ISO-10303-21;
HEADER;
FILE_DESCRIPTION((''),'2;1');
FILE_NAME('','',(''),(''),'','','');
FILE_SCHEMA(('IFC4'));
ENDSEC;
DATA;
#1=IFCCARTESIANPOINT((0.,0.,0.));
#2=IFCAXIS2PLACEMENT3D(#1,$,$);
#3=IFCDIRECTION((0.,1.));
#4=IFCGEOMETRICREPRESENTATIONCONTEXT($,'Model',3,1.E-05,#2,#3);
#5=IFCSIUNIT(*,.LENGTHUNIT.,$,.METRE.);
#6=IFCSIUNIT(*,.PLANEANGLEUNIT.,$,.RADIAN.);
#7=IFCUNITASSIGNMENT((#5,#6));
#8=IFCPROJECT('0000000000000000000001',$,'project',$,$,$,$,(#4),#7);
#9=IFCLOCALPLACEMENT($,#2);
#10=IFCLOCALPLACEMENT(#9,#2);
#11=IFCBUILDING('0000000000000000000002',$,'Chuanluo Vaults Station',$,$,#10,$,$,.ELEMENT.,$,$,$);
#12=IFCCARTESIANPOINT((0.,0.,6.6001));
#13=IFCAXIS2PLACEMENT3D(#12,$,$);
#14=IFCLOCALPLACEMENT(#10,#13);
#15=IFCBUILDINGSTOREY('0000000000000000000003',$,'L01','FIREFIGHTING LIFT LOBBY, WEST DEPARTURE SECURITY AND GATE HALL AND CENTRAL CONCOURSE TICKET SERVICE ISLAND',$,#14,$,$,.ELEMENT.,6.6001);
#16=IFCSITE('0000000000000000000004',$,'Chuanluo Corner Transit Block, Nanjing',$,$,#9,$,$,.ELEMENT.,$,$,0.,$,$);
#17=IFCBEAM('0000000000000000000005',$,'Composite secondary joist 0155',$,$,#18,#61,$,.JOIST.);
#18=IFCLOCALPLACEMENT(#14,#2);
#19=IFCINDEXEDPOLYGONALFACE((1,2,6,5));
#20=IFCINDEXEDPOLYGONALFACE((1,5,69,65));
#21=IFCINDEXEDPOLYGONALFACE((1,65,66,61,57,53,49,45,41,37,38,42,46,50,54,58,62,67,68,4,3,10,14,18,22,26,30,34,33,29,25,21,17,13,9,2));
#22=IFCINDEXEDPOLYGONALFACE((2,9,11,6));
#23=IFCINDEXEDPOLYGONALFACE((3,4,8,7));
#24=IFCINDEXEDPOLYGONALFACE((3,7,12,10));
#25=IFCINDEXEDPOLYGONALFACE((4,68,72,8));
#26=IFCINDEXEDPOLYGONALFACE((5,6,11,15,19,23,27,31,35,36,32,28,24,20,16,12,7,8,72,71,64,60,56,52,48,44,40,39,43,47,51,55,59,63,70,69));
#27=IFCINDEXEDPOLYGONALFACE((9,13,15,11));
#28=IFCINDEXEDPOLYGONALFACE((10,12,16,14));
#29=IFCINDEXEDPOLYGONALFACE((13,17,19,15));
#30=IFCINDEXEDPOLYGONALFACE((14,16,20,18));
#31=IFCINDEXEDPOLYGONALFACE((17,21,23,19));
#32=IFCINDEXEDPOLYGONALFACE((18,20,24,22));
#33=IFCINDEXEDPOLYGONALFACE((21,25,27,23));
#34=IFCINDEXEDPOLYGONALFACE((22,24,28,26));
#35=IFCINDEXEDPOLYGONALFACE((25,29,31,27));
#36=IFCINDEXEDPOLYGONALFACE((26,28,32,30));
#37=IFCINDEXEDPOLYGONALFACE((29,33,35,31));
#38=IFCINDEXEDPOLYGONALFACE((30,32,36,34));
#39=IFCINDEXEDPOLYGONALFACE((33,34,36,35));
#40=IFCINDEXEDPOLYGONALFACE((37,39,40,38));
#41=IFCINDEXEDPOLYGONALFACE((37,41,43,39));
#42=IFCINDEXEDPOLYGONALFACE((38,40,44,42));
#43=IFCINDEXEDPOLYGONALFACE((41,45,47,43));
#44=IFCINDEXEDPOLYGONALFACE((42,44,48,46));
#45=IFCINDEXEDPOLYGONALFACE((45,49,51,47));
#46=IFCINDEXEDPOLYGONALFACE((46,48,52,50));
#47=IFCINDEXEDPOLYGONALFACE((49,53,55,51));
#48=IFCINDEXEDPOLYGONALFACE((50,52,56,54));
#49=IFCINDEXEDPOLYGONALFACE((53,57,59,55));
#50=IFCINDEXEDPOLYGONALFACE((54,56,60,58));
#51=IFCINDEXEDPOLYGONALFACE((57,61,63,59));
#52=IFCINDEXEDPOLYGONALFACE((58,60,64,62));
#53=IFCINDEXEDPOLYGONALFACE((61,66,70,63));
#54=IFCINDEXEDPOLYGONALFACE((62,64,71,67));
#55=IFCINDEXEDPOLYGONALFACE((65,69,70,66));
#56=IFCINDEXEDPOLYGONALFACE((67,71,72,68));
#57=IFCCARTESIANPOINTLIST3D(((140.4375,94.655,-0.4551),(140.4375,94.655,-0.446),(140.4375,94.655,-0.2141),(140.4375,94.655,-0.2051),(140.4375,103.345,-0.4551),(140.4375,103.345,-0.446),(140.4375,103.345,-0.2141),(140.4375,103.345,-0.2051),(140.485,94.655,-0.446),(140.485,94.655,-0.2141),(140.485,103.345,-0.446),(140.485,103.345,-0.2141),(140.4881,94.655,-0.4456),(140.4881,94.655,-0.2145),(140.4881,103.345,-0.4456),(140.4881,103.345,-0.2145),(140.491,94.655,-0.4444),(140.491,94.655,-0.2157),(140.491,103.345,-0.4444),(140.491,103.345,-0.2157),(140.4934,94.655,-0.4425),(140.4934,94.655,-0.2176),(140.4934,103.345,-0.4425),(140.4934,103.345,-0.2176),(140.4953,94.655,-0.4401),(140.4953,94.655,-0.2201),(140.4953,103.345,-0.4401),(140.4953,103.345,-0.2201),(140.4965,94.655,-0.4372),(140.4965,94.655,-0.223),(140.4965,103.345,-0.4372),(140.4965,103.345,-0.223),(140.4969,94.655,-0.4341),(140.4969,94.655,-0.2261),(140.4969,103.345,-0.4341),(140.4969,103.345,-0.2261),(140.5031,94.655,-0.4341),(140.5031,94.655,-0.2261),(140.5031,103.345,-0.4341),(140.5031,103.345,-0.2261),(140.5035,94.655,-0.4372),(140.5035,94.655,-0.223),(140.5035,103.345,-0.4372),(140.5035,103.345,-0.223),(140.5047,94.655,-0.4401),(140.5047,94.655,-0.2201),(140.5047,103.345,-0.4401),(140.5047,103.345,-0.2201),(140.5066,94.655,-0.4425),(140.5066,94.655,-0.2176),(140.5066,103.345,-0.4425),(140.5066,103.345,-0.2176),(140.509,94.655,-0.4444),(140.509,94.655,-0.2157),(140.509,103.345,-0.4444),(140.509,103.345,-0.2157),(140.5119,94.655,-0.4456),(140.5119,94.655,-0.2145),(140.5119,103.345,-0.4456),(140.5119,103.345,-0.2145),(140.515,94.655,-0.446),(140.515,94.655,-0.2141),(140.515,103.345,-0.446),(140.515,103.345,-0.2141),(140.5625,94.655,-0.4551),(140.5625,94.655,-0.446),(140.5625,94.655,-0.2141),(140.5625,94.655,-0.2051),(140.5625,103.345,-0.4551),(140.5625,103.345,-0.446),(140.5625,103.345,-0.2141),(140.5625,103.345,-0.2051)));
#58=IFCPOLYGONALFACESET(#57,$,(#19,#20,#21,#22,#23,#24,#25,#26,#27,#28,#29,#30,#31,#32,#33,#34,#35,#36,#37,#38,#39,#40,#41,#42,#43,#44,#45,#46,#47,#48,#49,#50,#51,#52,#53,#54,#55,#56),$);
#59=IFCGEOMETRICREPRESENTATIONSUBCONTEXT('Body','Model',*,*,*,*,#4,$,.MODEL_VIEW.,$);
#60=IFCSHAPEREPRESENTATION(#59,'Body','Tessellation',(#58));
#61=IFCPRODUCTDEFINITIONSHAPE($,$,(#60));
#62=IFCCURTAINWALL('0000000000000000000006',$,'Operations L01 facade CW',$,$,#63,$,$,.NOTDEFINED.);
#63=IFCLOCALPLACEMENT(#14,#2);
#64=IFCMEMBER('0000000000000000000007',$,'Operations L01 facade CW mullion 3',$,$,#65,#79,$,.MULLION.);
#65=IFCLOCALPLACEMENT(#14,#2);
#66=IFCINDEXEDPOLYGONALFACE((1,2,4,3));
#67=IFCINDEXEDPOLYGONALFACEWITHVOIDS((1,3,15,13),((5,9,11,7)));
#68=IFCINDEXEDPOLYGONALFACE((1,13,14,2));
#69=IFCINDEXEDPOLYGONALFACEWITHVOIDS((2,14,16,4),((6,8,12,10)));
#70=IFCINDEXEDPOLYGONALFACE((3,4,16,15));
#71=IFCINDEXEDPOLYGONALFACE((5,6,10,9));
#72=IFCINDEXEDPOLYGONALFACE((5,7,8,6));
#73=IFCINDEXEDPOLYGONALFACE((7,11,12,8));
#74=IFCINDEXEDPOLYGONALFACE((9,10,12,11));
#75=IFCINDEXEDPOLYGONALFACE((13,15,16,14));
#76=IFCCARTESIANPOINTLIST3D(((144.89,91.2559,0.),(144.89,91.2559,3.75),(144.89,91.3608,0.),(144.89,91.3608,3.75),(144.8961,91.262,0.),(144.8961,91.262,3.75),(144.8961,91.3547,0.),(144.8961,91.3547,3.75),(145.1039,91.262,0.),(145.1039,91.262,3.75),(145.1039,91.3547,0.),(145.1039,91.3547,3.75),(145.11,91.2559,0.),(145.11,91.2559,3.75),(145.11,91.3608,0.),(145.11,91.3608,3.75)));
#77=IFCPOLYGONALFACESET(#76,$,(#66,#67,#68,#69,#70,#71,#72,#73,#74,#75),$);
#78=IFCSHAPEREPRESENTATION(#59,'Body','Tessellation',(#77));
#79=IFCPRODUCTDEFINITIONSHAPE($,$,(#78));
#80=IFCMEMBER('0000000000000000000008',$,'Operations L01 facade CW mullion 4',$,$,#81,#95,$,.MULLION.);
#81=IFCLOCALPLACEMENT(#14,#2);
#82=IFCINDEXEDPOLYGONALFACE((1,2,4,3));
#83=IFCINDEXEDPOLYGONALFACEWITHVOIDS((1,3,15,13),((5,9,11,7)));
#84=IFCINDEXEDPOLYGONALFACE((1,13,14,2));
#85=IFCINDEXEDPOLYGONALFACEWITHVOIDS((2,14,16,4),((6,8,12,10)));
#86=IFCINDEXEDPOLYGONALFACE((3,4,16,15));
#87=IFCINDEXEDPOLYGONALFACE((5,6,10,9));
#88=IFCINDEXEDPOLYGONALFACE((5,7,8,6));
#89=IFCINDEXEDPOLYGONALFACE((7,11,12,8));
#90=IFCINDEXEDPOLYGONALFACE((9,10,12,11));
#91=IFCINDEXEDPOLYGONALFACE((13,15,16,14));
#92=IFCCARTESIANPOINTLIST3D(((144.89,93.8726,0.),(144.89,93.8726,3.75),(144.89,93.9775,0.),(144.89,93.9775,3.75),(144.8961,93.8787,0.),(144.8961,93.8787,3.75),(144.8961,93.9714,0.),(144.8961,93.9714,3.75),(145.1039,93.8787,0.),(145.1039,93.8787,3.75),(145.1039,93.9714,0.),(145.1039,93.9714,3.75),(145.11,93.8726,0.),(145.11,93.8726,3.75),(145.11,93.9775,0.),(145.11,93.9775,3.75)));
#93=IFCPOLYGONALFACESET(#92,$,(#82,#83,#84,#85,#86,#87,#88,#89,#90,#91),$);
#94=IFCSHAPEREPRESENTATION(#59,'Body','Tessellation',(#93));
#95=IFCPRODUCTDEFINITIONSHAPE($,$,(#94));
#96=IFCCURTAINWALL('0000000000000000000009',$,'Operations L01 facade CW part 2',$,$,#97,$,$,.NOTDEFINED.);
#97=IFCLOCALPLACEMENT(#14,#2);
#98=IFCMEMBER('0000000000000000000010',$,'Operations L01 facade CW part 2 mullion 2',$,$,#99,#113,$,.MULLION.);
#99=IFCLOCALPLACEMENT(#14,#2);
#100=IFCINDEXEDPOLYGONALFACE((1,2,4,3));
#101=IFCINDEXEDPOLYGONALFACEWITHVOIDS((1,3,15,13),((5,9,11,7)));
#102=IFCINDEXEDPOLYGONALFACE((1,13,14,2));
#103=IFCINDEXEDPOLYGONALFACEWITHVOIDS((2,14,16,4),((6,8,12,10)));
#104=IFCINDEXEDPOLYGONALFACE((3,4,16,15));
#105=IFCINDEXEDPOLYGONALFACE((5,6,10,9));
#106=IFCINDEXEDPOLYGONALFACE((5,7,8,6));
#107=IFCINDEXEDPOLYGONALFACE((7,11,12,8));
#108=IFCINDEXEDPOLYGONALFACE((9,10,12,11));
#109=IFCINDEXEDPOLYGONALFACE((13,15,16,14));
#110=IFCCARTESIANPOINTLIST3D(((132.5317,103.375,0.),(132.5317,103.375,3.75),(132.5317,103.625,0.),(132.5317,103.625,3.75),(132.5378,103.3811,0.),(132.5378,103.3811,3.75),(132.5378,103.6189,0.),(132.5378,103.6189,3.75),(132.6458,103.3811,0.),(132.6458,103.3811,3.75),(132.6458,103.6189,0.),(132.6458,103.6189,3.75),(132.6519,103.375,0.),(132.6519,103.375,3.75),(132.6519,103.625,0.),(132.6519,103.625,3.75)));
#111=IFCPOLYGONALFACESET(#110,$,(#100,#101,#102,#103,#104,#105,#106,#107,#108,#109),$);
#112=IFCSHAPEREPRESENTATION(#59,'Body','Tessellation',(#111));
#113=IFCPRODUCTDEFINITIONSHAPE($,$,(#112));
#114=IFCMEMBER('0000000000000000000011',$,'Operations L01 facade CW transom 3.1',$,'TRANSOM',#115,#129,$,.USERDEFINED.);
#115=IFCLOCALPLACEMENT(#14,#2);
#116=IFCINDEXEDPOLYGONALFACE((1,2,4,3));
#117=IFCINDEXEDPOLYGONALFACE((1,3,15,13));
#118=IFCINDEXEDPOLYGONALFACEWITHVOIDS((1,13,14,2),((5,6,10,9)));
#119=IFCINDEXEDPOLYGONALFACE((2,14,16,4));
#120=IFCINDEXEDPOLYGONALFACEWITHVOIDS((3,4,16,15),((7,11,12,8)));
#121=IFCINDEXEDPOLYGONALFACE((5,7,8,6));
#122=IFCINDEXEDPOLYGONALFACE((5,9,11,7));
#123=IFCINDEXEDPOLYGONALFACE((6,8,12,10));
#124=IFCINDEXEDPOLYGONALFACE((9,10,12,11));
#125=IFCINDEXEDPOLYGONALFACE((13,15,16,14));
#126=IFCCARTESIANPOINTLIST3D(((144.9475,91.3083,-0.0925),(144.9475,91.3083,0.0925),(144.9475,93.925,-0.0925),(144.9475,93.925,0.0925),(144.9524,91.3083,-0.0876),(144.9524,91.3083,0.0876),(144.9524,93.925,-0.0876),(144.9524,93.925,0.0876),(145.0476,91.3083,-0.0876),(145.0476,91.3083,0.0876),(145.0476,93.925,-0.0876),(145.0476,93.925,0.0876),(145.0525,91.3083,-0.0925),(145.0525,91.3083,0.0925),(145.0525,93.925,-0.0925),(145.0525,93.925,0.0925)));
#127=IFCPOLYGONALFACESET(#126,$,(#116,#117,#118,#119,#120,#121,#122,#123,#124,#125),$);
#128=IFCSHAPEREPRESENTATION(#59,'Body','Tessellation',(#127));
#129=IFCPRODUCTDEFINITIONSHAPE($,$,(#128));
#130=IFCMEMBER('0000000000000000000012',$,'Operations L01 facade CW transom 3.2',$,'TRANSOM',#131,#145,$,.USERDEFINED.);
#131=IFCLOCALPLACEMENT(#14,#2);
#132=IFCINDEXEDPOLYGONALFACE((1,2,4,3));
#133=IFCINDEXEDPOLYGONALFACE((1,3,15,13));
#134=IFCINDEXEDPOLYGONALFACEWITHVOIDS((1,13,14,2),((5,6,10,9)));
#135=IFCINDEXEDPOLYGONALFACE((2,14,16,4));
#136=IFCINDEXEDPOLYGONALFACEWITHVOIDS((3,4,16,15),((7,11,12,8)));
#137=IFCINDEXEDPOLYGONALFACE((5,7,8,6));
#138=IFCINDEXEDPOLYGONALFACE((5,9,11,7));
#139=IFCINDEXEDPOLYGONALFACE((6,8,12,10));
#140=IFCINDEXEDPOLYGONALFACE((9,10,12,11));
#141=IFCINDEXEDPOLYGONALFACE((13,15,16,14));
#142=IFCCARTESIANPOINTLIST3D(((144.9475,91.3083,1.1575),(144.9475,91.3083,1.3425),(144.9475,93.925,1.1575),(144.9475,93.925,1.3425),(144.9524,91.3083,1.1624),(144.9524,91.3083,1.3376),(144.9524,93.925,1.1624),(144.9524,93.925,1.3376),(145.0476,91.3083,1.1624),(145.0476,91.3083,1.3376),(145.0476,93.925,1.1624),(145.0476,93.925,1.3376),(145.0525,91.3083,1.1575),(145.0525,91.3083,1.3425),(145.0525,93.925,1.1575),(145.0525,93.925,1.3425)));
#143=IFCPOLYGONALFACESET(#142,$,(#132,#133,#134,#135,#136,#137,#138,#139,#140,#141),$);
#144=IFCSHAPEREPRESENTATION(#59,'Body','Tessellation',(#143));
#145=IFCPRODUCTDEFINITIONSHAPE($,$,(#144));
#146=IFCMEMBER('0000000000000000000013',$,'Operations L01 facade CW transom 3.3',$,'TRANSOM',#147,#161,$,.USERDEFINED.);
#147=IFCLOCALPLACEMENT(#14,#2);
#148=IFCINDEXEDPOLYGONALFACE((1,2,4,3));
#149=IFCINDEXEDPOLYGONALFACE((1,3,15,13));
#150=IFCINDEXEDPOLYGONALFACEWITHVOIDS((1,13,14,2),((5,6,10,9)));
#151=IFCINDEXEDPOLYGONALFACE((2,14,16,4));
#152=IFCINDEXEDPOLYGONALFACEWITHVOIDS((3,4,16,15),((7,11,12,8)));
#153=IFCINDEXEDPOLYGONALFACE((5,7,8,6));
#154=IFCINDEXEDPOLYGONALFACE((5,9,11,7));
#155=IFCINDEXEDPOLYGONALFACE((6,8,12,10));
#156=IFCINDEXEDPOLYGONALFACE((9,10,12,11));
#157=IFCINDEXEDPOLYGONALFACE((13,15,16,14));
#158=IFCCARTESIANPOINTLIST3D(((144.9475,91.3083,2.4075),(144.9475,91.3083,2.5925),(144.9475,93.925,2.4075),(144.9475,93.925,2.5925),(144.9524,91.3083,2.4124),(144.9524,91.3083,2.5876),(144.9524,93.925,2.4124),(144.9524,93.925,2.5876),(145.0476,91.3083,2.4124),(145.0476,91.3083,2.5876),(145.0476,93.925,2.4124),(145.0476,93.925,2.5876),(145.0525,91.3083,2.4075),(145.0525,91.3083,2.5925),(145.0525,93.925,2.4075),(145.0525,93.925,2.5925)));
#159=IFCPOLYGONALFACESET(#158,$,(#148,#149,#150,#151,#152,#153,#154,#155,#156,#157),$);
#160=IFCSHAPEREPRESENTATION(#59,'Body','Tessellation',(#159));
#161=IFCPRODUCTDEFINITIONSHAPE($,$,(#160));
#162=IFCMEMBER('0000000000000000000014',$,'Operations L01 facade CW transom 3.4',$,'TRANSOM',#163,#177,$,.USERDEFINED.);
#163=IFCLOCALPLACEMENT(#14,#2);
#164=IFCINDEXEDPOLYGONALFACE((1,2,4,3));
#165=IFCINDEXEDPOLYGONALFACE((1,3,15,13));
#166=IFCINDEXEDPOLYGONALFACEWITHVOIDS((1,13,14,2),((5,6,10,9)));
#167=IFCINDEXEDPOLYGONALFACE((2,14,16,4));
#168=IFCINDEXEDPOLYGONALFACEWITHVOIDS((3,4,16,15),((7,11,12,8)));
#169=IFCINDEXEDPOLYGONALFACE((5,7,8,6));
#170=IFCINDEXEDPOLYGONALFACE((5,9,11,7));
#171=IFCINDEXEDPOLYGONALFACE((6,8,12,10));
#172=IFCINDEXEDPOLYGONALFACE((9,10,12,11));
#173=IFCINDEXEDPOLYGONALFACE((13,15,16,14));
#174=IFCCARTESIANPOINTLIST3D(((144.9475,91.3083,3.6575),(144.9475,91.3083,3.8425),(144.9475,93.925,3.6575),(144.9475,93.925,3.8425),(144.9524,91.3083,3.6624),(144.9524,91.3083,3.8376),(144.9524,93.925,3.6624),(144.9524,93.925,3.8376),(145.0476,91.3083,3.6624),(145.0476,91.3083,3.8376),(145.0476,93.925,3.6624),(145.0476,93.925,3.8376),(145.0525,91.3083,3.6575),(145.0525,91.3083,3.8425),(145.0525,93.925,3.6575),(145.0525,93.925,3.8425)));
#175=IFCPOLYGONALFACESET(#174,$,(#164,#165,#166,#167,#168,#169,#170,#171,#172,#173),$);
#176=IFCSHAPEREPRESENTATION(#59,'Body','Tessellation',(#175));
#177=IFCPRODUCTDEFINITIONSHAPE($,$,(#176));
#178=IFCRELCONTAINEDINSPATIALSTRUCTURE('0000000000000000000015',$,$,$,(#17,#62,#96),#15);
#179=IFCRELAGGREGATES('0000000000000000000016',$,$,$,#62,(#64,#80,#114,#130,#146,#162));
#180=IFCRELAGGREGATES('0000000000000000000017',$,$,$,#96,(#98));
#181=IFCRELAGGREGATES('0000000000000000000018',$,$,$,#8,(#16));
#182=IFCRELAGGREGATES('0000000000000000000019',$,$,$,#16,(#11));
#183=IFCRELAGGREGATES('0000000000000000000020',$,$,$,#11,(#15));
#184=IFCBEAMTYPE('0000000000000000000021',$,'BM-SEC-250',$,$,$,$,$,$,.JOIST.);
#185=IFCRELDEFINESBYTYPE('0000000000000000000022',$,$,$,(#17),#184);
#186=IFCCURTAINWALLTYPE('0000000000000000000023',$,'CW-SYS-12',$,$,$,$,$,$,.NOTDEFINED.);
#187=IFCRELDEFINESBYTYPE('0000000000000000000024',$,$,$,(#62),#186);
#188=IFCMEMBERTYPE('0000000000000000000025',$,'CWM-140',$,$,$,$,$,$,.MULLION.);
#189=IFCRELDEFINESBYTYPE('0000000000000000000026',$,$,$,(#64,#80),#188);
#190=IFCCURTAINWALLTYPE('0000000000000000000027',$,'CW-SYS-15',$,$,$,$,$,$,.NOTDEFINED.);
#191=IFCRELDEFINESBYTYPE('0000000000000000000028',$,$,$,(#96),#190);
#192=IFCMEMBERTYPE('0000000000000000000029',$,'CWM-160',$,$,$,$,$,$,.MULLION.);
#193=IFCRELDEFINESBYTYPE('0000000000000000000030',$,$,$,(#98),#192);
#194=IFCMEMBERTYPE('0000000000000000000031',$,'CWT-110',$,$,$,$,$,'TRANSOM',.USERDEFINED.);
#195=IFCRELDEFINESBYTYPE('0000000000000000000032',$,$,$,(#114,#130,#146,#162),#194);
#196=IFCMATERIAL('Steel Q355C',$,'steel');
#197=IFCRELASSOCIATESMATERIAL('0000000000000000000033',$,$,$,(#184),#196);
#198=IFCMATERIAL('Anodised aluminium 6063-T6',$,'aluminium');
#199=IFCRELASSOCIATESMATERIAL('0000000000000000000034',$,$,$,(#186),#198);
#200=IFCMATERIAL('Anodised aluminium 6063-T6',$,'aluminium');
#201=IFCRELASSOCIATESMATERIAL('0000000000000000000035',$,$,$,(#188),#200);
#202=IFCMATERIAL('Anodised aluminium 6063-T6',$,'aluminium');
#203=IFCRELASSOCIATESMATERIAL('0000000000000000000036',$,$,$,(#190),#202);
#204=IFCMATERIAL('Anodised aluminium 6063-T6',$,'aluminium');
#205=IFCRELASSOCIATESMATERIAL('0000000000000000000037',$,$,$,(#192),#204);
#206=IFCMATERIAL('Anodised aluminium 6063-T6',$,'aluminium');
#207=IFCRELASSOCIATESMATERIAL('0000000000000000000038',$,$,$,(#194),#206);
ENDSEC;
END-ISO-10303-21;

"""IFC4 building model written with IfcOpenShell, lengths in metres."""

from ifc_helpers import new_model, si_unit, direction, frame, origin, origin_2d, place, context, subcontext, project, spatial, hollow_rectangle, i_section, extrude, material, material_profile, profile_set, type_object, element, aggregate, save


model = new_model("IFC4")

# Units and contexts
model_context = context("Model", 3, precision=1e-05, world=origin(), true_north=direction((0.0, 1.0)))
body_context = subcontext(model_context, "Body", "Model", "MODEL_VIEW")
ifc_project = project(units=[si_unit("LENGTHUNIT", "METRE"), si_unit("PLANEANGLEUNIT", "RADIAN")], contexts=[model_context])

# Site, building, storey
site_placement = place(None, origin())
site = spatial("IfcSite", under=ifc_project, at=site_placement, Name="Chuanluo Corner Transit Block, Nanjing", CompositionType="ELEMENT", RefElevation=0.0)
building_placement = place(site_placement, origin())
building = spatial("IfcBuilding", under=site, at=building_placement, Name="Chuanluo Vaults Station", CompositionType="ELEMENT")
storey_placement = place(building_placement, frame((0.0, 0.0, 6.6001)))
storey = spatial("IfcBuildingStorey", under=building, at=storey_placement, Name="L01", Description="FIREFIGHTING LIFT LOBBY, WEST DEPARTURE SECURITY AND GATE HALL AND CENTRAL CONCOURSE TICKET SERVICE ISLAND", CompositionType="ELEMENT", Elevation=6.6001)

# Beam
ifc_material_1 = material(Name="Steel Q355C", Category="steel")
ifc_material_profile_1 = material_profile(ifc_material_1, i_section(OverallWidth=0.125, OverallDepth=0.25, WebThickness=0.0061, FlangeThickness=0.009, FilletRadius=0.012, at=origin_2d()))
ifc_profile_set_1 = profile_set([ifc_material_profile_1], Name="Steel Q355C")
beam_type_1 = type_object("IfcBeamType", Name="BM-SEC-250", PredefinedType="JOIST", material=ifc_profile_set_1)
beam_1_placement = place(storey_placement, frame((140.5, 94.655, -0.3301), z_axis=(0.0, 1.0, 0.0), x_axis=(-1.0, 0.0, 0.0)))
element("IfcBeam", 1, at=beam_1_placement, inside=storey, type_object=beam_type_1, Name="Composite secondary joist 0155", PredefinedType="JOIST", context=body_context, shape_type="SweptSolid", body=[
    extrude(i_section(OverallWidth=0.125, OverallDepth=0.25, WebThickness=0.0061, FlangeThickness=0.009, FilletRadius=0.012, at=origin_2d()), origin(), (0.0, 0.0, 1.0), 8.6899),
])

# Curtain wall, members
ifc_material_2 = material(Name="Anodised aluminium 6063-T6", Category="aluminium")
curtain_wall_type_1 = type_object("IfcCurtainWallType", Name="CW-SYS-12", PredefinedType="NOTDEFINED", material=ifc_material_2)
curtain_wall_1_placement = place(storey_placement, origin())
curtain_wall_1 = element("IfcCurtainWall", 2, at=curtain_wall_1_placement, inside=storey, type_object=curtain_wall_type_1, Name="Operations L01 facade CW", PredefinedType="NOTDEFINED")
ifc_material_3 = material(Name="Anodised aluminium 6063-T6", Category="aluminium")
ifc_material_profile_2 = material_profile(ifc_material_3, hollow_rectangle(XDim=0.105, YDim=0.22, WallThickness=0.0061, at=origin_2d()))
ifc_profile_set_2 = profile_set([ifc_material_profile_2], Name="Anodised aluminium 6063-T6")
member_type_1 = type_object("IfcMemberType", Name="CWM-140", PredefinedType="MULLION", material=ifc_profile_set_2)
member_1_placement = place(storey_placement, frame((145.0, 91.3083, 0.0), z_axis=(0.0, 0.0, 1.0), x_axis=(0.0, 1.0, 0.0)))
member_1 = element("IfcMember", 3, at=member_1_placement, type_object=member_type_1, Name="Operations L01 facade CW mullion 3", PredefinedType="MULLION", context=body_context, shape_type="SweptSolid", body=[
    extrude(hollow_rectangle(XDim=0.105, YDim=0.22, WallThickness=0.0061, at=origin_2d()), origin(), (0.0, 0.0, 1.0), 3.75),
])
member_2_placement = place(storey_placement, frame((145.0, 93.925, 0.0), z_axis=(0.0, 0.0, 1.0), x_axis=(0.0, 1.0, 0.0)))
member_2 = element("IfcMember", 4, at=member_2_placement, type_object=member_type_1, Name="Operations L01 facade CW mullion 4", PredefinedType="MULLION", context=body_context, shape_type="SweptSolid", body=[
    extrude(hollow_rectangle(XDim=0.105, YDim=0.22, WallThickness=0.0061, at=origin_2d()), origin(), (0.0, 0.0, 1.0), 3.75),
])

# Curtain wall, member
ifc_material_4 = material(Name="Anodised aluminium 6063-T6", Category="aluminium")
curtain_wall_type_2 = type_object("IfcCurtainWallType", Name="CW-SYS-15", PredefinedType="NOTDEFINED", material=ifc_material_4)
curtain_wall_2_placement = place(storey_placement, origin())
curtain_wall_2 = element("IfcCurtainWall", 5, at=curtain_wall_2_placement, inside=storey, type_object=curtain_wall_type_2, Name="Operations L01 facade CW part 2", PredefinedType="NOTDEFINED")
ifc_material_5 = material(Name="Anodised aluminium 6063-T6", Category="aluminium")
ifc_material_profile_3 = material_profile(ifc_material_5, hollow_rectangle(XDim=0.1201, YDim=0.25, WallThickness=0.0061, at=origin_2d()))
ifc_profile_set_3 = profile_set([ifc_material_profile_3], Name="Anodised aluminium 6063-T6")
member_type_2 = type_object("IfcMemberType", Name="CWM-160", PredefinedType="MULLION", material=ifc_profile_set_3)
member_3_placement = place(storey_placement, frame((132.5918, 103.5, 0.0), z_axis=(0.0, 0.0, 1.0), x_axis=(-1.0, 0.0, 0.0)))
member_3 = element("IfcMember", 6, at=member_3_placement, type_object=member_type_2, Name="Operations L01 facade CW part 2 mullion 2", PredefinedType="MULLION", context=body_context, shape_type="SweptSolid", body=[
    extrude(hollow_rectangle(XDim=0.1201, YDim=0.25, WallThickness=0.0061, at=origin_2d()), origin(), (0.0, 0.0, 1.0), 3.75),
])

# Members
ifc_material_6 = material(Name="Anodised aluminium 6063-T6", Category="aluminium")
ifc_material_profile_4 = material_profile(ifc_material_6, hollow_rectangle(XDim=0.105, YDim=0.1851, WallThickness=0.0049, at=origin_2d()))
ifc_profile_set_4 = profile_set([ifc_material_profile_4], Name="Anodised aluminium 6063-T6")
member_type_3 = type_object("IfcMemberType", Name="CWT-110", ElementType="TRANSOM", PredefinedType="USERDEFINED", material=ifc_profile_set_4)
member_4_placement = place(storey_placement, frame((145.0, 91.3083, 0.0), z_axis=(0.0, 1.0, 0.0), x_axis=(-1.0, 0.0, 0.0)))
member_4 = element("IfcMember", 7, at=member_4_placement, type_object=member_type_3, Name="Operations L01 facade CW transom 3.1", ObjectType="TRANSOM", PredefinedType="USERDEFINED", context=body_context, shape_type="SweptSolid", body=[
    extrude(hollow_rectangle(XDim=0.105, YDim=0.1851, WallThickness=0.0049, at=origin_2d()), origin(), (0.0, 0.0, 1.0), 2.6167),
])
member_5_placement = place(storey_placement, frame((145.0, 91.3083, 1.25), z_axis=(0.0, 1.0, 0.0), x_axis=(-1.0, 0.0, 0.0)))
member_5 = element("IfcMember", 8, at=member_5_placement, type_object=member_type_3, Name="Operations L01 facade CW transom 3.2", ObjectType="TRANSOM", PredefinedType="USERDEFINED", context=body_context, shape_type="SweptSolid", body=[
    extrude(hollow_rectangle(XDim=0.105, YDim=0.1851, WallThickness=0.0049, at=origin_2d()), origin(), (0.0, 0.0, 1.0), 2.6167),
])
member_6_placement = place(storey_placement, frame((145.0, 91.3083, 2.5), z_axis=(0.0, 1.0, 0.0), x_axis=(-1.0, 0.0, 0.0)))
member_6 = element("IfcMember", 9, at=member_6_placement, type_object=member_type_3, Name="Operations L01 facade CW transom 3.3", ObjectType="TRANSOM", PredefinedType="USERDEFINED", context=body_context, shape_type="SweptSolid", body=[
    extrude(hollow_rectangle(XDim=0.105, YDim=0.1851, WallThickness=0.0049, at=origin_2d()), origin(), (0.0, 0.0, 1.0), 2.6167),
])
member_7_placement = place(storey_placement, frame((145.0, 91.3083, 3.75), z_axis=(0.0, 1.0, 0.0), x_axis=(-1.0, 0.0, 0.0)))
member_7 = element("IfcMember", 10, at=member_7_placement, type_object=member_type_3, Name="Operations L01 facade CW transom 3.4", ObjectType="TRANSOM", PredefinedType="USERDEFINED", context=body_context, shape_type="SweptSolid", body=[
    extrude(hollow_rectangle(XDim=0.105, YDim=0.1851, WallThickness=0.0049, at=origin_2d()), origin(), (0.0, 0.0, 1.0), 2.6167),
])

aggregate(curtain_wall_1, [member_1, member_2, member_4, member_5, member_6, member_7])
aggregate(curtain_wall_2, [member_3])

save(model, "model.ifc")
